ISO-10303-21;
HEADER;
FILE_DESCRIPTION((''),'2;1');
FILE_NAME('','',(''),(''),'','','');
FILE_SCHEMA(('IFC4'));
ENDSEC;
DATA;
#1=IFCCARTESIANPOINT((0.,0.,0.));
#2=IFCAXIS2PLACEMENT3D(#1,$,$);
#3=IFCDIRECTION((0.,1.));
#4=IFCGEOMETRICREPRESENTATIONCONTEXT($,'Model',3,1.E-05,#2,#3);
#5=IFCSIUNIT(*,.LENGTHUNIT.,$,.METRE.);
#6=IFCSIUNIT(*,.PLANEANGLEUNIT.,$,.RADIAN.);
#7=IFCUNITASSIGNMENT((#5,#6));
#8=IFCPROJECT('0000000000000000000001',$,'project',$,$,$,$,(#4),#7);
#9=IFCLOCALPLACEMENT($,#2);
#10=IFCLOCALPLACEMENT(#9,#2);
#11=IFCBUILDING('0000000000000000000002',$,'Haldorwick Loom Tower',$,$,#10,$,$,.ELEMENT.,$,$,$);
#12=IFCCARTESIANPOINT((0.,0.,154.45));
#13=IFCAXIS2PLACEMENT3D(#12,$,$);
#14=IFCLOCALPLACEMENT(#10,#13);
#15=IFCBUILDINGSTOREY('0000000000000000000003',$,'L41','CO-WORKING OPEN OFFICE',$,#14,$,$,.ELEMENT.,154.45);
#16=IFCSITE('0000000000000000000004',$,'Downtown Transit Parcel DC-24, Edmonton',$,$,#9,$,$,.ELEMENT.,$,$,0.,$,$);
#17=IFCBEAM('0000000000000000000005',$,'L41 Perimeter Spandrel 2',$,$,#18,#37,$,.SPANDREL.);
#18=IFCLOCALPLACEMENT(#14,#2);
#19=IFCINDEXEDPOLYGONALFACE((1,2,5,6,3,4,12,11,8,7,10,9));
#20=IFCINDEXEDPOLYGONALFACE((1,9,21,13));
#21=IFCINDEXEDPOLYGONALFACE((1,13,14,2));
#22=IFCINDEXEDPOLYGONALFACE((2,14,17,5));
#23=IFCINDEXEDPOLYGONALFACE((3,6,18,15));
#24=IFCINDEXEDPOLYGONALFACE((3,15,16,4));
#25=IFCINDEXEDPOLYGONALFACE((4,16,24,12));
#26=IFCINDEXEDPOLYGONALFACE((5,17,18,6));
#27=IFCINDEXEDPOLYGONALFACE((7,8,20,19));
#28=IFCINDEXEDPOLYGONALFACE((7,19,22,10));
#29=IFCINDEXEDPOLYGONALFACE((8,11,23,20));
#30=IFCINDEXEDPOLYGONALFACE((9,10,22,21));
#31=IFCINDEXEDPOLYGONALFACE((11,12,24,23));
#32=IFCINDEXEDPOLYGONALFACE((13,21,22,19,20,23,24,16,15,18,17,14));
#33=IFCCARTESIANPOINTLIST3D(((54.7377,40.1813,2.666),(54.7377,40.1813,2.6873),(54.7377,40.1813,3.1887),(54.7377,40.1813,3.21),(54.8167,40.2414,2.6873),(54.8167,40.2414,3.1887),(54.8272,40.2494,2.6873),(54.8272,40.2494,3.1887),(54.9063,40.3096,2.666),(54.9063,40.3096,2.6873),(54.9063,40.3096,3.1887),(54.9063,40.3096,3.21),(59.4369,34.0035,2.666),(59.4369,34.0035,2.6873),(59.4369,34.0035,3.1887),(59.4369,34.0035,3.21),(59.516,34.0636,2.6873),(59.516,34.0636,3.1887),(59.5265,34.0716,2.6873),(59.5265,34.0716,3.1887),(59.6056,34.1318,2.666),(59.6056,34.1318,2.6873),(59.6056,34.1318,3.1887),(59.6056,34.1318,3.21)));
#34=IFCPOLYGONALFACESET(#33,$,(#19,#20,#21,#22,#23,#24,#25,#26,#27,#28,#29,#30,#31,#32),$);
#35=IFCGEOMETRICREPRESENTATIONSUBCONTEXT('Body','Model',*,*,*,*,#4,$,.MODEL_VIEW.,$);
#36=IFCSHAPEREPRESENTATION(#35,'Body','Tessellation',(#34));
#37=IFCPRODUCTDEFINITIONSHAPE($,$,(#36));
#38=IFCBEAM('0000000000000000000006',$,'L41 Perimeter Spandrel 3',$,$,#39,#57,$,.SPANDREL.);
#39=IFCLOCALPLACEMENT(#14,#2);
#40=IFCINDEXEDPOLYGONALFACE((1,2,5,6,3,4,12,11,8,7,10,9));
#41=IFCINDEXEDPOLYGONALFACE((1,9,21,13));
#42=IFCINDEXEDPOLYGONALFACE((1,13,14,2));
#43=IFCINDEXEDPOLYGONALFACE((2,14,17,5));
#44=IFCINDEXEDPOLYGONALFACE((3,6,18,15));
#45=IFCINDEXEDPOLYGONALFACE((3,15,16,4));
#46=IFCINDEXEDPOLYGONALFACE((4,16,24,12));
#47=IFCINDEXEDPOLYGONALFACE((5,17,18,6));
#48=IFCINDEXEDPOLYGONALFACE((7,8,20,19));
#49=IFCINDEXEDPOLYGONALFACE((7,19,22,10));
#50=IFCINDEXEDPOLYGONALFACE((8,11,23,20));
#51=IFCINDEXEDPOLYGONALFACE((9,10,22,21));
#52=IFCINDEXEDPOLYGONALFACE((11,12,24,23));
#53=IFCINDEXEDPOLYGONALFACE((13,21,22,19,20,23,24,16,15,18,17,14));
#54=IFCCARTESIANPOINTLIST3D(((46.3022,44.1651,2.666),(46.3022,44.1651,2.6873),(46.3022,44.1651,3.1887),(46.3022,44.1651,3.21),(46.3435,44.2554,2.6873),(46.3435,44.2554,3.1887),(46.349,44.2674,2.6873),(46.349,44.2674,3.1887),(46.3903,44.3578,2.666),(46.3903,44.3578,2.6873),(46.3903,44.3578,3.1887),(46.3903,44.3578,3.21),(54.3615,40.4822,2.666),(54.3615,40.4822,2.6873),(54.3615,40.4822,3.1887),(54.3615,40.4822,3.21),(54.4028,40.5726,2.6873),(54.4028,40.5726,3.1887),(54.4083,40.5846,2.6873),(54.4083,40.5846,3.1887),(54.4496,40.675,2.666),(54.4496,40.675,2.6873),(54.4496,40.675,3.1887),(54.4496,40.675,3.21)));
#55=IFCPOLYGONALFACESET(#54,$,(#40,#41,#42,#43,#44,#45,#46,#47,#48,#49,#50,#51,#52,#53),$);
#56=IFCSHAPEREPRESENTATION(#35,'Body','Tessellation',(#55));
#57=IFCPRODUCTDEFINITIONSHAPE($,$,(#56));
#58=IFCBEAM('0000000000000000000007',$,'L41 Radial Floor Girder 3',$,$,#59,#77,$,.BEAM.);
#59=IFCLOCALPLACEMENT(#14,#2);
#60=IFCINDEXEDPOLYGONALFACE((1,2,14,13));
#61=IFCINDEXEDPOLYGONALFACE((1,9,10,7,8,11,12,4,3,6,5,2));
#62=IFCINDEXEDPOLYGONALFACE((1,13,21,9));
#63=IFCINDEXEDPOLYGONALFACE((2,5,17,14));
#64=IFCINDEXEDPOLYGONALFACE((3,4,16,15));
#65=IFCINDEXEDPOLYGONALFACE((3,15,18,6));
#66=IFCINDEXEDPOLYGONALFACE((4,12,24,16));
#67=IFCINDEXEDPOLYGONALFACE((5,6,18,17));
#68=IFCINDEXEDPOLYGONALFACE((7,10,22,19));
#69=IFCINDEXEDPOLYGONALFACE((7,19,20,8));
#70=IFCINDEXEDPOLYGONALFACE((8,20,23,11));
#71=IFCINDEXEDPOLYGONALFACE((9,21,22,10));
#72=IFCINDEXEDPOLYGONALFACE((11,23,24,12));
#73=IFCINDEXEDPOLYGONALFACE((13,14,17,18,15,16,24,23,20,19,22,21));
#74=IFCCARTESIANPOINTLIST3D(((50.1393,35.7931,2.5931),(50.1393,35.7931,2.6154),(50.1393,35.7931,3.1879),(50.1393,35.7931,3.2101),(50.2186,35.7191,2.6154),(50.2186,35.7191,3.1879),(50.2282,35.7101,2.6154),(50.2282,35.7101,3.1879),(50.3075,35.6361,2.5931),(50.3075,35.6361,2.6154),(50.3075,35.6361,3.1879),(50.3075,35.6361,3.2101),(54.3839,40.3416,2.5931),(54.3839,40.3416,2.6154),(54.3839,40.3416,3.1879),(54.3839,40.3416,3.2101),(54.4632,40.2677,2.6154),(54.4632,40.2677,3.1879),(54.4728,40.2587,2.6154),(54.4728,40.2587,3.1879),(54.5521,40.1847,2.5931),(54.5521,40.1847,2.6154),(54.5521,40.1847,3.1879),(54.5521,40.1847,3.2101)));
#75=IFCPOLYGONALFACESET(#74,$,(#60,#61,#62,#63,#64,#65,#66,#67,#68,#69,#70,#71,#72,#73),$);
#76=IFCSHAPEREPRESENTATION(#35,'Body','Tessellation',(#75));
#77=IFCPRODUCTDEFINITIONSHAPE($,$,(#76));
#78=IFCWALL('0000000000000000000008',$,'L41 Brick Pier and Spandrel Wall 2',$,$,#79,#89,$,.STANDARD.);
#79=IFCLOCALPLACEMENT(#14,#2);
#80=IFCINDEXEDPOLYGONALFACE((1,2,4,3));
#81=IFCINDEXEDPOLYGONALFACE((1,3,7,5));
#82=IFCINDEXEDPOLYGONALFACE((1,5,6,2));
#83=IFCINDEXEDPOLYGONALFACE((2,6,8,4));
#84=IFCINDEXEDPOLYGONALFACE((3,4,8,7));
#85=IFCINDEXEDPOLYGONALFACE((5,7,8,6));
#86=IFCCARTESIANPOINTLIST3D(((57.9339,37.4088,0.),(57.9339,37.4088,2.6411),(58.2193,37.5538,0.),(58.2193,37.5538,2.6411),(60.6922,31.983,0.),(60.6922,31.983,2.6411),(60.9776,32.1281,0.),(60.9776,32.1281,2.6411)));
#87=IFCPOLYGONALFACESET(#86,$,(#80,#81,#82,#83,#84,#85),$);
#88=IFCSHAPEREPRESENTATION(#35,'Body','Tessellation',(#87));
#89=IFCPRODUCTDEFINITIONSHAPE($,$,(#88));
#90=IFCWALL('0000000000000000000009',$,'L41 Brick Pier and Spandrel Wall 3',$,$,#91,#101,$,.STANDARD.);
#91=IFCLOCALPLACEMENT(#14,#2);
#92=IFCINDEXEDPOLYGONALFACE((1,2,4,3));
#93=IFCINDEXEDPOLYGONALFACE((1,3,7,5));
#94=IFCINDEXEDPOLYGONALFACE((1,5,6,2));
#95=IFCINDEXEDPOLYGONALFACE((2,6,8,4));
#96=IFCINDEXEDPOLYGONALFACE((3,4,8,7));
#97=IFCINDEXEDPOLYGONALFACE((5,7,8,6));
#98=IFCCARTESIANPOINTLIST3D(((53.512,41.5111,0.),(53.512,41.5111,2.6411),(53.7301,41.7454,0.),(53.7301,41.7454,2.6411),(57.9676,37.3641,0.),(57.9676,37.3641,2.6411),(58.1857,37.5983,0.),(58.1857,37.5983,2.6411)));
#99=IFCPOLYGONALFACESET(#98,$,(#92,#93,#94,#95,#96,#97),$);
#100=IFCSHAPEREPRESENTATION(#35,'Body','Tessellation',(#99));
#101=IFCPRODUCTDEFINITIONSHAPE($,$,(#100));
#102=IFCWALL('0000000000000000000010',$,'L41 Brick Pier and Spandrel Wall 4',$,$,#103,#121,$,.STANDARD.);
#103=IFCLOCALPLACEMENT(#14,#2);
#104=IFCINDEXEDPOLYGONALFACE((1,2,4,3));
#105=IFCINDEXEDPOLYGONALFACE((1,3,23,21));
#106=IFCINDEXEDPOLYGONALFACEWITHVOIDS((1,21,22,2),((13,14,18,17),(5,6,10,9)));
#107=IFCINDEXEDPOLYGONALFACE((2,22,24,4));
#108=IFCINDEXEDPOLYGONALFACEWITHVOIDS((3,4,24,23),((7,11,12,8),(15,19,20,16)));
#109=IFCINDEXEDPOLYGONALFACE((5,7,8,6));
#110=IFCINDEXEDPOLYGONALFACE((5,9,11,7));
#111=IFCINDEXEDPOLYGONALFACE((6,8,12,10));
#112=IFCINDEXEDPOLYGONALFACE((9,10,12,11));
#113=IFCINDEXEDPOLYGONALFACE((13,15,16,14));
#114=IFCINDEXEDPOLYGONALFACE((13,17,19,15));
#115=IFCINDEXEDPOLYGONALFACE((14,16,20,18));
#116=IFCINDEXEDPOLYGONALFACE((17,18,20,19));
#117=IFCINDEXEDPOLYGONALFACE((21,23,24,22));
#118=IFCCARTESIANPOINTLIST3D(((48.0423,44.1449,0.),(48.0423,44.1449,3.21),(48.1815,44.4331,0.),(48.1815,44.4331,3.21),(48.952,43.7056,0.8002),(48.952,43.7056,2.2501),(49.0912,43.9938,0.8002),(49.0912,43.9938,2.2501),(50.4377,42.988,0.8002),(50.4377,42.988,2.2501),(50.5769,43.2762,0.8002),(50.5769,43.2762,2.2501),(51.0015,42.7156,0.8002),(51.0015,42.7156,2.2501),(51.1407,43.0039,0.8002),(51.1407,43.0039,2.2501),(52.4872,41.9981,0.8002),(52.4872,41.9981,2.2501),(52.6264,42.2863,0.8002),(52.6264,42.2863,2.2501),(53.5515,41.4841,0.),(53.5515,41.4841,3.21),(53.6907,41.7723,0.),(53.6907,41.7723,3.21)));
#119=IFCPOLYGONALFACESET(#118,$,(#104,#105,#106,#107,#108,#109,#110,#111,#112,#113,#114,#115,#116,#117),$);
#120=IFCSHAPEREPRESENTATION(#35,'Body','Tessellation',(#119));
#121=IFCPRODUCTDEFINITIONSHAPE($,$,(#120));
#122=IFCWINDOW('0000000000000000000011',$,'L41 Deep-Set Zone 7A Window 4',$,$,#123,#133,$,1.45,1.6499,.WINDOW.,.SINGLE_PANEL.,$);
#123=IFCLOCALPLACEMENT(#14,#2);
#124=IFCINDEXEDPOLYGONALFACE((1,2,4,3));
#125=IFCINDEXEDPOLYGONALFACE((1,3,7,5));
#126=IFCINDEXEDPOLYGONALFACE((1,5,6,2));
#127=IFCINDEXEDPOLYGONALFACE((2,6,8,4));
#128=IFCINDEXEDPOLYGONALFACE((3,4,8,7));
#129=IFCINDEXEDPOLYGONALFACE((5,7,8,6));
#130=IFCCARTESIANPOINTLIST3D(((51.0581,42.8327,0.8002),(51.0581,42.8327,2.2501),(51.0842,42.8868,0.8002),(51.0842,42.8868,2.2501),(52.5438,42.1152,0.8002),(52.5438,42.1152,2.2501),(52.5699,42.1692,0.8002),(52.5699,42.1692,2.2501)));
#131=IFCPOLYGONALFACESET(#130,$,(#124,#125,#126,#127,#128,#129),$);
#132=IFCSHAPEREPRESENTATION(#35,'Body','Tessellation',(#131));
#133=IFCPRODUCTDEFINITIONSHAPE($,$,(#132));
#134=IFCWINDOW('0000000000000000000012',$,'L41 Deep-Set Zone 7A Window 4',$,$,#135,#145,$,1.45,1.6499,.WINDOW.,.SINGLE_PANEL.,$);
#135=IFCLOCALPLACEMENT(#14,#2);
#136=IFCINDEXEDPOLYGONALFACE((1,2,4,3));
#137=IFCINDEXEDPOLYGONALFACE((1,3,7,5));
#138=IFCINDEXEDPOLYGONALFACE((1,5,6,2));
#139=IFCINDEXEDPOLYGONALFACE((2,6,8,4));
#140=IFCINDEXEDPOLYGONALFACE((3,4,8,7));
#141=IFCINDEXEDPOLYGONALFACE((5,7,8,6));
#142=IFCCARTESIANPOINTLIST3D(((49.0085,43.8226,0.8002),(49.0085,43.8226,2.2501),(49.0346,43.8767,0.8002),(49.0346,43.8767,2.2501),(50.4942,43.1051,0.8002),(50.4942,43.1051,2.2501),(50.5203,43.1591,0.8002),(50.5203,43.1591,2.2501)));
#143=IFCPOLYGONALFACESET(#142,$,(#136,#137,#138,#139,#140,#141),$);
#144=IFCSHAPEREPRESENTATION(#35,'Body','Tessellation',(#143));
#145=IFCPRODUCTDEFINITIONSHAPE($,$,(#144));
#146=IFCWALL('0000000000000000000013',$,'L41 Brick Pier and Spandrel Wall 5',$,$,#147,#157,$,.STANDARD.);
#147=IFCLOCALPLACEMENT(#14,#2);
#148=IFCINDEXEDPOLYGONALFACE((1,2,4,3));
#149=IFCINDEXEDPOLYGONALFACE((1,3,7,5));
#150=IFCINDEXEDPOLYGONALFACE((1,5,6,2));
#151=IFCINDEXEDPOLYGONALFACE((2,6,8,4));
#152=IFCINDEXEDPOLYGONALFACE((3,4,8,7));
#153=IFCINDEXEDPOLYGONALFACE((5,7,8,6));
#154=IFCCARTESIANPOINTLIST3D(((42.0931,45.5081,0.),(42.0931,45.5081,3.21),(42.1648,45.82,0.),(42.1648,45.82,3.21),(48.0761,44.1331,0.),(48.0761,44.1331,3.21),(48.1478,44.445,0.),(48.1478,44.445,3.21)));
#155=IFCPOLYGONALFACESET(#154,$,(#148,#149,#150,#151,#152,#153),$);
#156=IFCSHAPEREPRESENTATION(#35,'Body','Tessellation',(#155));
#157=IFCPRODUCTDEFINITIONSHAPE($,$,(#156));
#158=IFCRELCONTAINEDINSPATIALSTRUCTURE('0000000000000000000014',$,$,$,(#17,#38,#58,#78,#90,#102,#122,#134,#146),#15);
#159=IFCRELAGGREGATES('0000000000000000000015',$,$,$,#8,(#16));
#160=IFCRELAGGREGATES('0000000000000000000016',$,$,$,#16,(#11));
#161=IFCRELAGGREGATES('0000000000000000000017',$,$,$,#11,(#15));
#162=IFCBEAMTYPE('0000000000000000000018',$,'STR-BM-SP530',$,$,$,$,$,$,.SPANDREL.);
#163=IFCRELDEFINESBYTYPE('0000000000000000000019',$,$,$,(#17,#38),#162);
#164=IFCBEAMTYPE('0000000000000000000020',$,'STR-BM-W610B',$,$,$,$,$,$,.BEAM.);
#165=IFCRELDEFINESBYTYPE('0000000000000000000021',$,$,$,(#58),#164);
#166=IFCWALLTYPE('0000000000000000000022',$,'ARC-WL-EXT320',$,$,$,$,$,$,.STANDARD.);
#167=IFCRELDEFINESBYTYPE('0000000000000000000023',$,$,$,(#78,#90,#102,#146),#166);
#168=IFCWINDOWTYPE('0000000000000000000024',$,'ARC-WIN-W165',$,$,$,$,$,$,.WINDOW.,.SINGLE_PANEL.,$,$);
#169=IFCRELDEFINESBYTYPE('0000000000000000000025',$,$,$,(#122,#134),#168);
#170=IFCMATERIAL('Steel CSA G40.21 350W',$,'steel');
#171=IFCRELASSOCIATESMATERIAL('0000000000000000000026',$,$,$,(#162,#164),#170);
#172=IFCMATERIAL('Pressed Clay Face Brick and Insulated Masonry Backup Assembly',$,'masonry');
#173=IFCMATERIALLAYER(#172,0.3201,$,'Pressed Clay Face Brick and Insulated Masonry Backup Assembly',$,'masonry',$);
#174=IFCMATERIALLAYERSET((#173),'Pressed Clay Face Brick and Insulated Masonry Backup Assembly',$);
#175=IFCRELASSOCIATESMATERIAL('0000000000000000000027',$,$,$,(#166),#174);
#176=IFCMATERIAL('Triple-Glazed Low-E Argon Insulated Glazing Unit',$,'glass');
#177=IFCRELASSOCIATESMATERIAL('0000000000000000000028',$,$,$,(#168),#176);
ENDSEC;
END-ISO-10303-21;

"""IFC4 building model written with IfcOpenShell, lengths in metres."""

from ifc_helpers import new_model, si_unit, direction, frame, frame_2d, origin, origin_2d, place, context, subcontext, project, spatial, rectangle, i_section, extrude, material, layer, layer_set, material_profile, profile_set, type_object, element, fill, save


model = new_model("IFC4")

# Units and contexts
model_context = context("Model", 3, precision=1e-05, world=origin(), true_north=direction((0.0, 1.0)))
body_context = subcontext(model_context, "Body", "Model", "MODEL_VIEW")
ifc_project = project(units=[si_unit("LENGTHUNIT", "METRE"), si_unit("PLANEANGLEUNIT", "RADIAN")], contexts=[model_context])

# Site, building, storey
site_placement = place(None, origin())
site = spatial("IfcSite", under=ifc_project, at=site_placement, Name="Downtown Transit Parcel DC-24, Edmonton", CompositionType="ELEMENT", RefElevation=0.0)
building_placement = place(site_placement, origin())
building = spatial("IfcBuilding", under=site, at=building_placement, Name="Haldorwick Loom Tower", CompositionType="ELEMENT")
storey_placement = place(building_placement, frame((0.0, 0.0, 154.45)))
storey = spatial("IfcBuildingStorey", under=building, at=storey_placement, Name="L41", Description="CO-WORKING OPEN OFFICE", CompositionType="ELEMENT", Elevation=154.45)

# Beams
ifc_material_1 = material(Name="Steel CSA G40.21 350W", Category="steel")
ifc_material_profile_1 = material_profile(ifc_material_1, i_section(OverallWidth=0.2119, OverallDepth=0.5439, WebThickness=0.0132, FlangeThickness=0.0212, at=origin_2d()), Name="W530X123", Category="steel")
ifc_profile_set_1 = profile_set([ifc_material_profile_1], Name="Steel CSA G40.21 350W")
beam_type_1 = type_object("IfcBeamType", Name="STR-BM-SP530", PredefinedType="SPANDREL", material=ifc_profile_set_1)
beam_1_placement = place(storey_placement, frame((59.5212, 34.0676, 2.938), z_axis=(-0.605421, 0.795905, 0.0), x_axis=(-0.795905, -0.605421, 0.0)))
element("IfcBeam", 1, at=beam_1_placement, inside=storey, type_object=beam_type_1, Name="L41 Perimeter Spandrel 2", PredefinedType="SPANDREL", context=body_context, shape_type="SweptSolid", body=[
    extrude(i_section(OverallWidth=0.2119, OverallDepth=0.5439, WebThickness=0.0132, FlangeThickness=0.0212, at=origin_2d()), origin(), (0.0, 0.0, 1.0), 7.762),
])
beam_2_placement = place(storey_placement, frame((54.4055, 40.5786, 2.938), z_axis=(-0.909534, 0.415629, 0.0), x_axis=(-0.415629, -0.909534, 0.0)))
element("IfcBeam", 2, at=beam_2_placement, inside=storey, type_object=beam_type_1, Name="L41 Perimeter Spandrel 3", PredefinedType="SPANDREL", context=body_context, shape_type="SweptSolid", body=[
    extrude(i_section(OverallWidth=0.2119, OverallDepth=0.5439, WebThickness=0.0132, FlangeThickness=0.0212, at=origin_2d()), origin(), (0.0, 0.0, 1.0), 8.8608),
])
ifc_material_profile_2 = material_profile(ifc_material_1, i_section(OverallWidth=0.23, OverallDepth=0.6169, WebThickness=0.0132, FlangeThickness=0.0222, at=origin_2d()), Name="W610X140", Category="steel")
ifc_profile_set_2 = profile_set([ifc_material_profile_2], Name="Steel CSA G40.21 350W")
beam_type_2 = type_object("IfcBeamType", Name="STR-BM-W610B", PredefinedType="BEAM", material=ifc_profile_set_2)
beam_3_placement = place(storey_placement, frame((50.2234, 35.7146, 2.9016), z_axis=(0.682257, 0.731113, 0.0), x_axis=(-0.731113, 0.682257, 0.0)))
element("IfcBeam", 3, at=beam_3_placement, inside=storey, type_object=beam_type_2, Name="L41 Radial Floor Girder 3", PredefinedType="BEAM", context=body_context, shape_type="SweptSolid", body=[
    extrude(i_section(OverallWidth=0.23, OverallDepth=0.6169, WebThickness=0.0132, FlangeThickness=0.0222, at=origin_2d()), origin(), (0.0, 0.0, 1.0), 6.2214),
])

# Walls
ifc_material_2 = material(Name="Pressed Clay Face Brick and Insulated Masonry Backup Assembly", Category="masonry")
ifc_layer_1 = layer(ifc_material_2, 0.3201, Name="Pressed Clay Face Brick and Insulated Masonry Backup Assembly", Category="masonry")
ifc_layer_set_1 = layer_set([ifc_layer_1], Name="Pressed Clay Face Brick and Insulated Masonry Backup Assembly")
wall_type_1 = type_object("IfcWallType", Name="ARC-WL-EXT320", PredefinedType="STANDARD", material=ifc_layer_set_1)
wall_1_placement = place(storey_placement, frame((60.835, 32.0554, 0.0), z_axis=(0.0, 0.0, 1.0), x_axis=(-0.453172, 0.891423, 0.0)))
element("IfcWall", 4, at=wall_1_placement, inside=storey, type_object=wall_type_1, Name="L41 Brick Pier and Spandrel Wall 2", PredefinedType="STANDARD", context=body_context, shape_type="SweptSolid", body=[
    extrude(rectangle(XDim=6.0867, YDim=0.3201, at=frame_2d((3.0435, 0.0))), origin(), (0.0, 0.0, 1.0), 2.6411),
])
wall_2_placement = place(storey_placement, frame((58.0767, 37.4812, 0.0), z_axis=(0.0, 0.0, 1.0), x_axis=(-0.732002, 0.681303, 0.0)))
element("IfcWall", 5, at=wall_2_placement, inside=storey, type_object=wall_type_1, Name="L41 Brick Pier and Spandrel Wall 3", PredefinedType="STANDARD", context=body_context, shape_type="SweptSolid", body=[
    extrude(rectangle(XDim=6.0869, YDim=0.3201, at=frame_2d((3.0435, 0.0))), origin(), (0.0, 0.0, 1.0), 2.6411),
])

# Wall, openings, windows
wall_3_placement = place(storey_placement, frame((53.6211, 41.6282, 0.0), z_axis=(0.0, 0.0, 1.0), x_axis=(-0.900472, 0.434913, 0.0)))
wall_3 = element("IfcWall", 6, at=wall_3_placement, inside=storey, type_object=wall_type_1, Name="L41 Brick Pier and Spandrel Wall 4", PredefinedType="STANDARD", context=body_context, shape_type="SweptSolid", body=[
    extrude(rectangle(XDim=6.1182, YDim=0.3201, at=frame_2d((3.0591, 0.0))), origin(), (0.0, 0.0, 1.0), 3.21),
])
opening_1_placement = place(wall_3_placement, frame((1.1819, 0.0, 0.8)))
opening_1 = element("IfcOpeningElement", 7, at=opening_1_placement, cuts=wall_3, PredefinedType="OPENING", context=body_context, shape_type="SweptSolid", body=[
    extrude(rectangle(XDim=1.6499, YDim=1.45, at=frame_2d((0.825, 0.7251))), frame((0.0, 0.1699, 0.0), z_axis=(0.0, -1.0, 0.0), x_axis=(1.0, 0.0, 0.0)), (0.0, 0.0, 1.0), 0.3401),
])
opening_2_placement = place(wall_3_placement, frame((3.458, 0.0, 0.8)))
opening_2 = element("IfcOpeningElement", 8, at=opening_2_placement, cuts=wall_3, PredefinedType="OPENING", context=body_context, shape_type="SweptSolid", body=[
    extrude(rectangle(XDim=1.6499, YDim=1.45, at=frame_2d((0.825, 0.7251))), frame((0.0, 0.1699, 0.0), z_axis=(0.0, -1.0, 0.0), x_axis=(1.0, 0.0, 0.0)), (0.0, 0.0, 1.0), 0.3401),
])
ifc_material_3 = material(Name="Triple-Glazed Low-E Argon Insulated Glazing Unit", Category="glass")
window_type = type_object("IfcWindowType", Name="ARC-WIN-W165", PartitioningType="SINGLE_PANEL", PredefinedType="WINDOW", material=ifc_material_3)
window_1_placement = place(opening_1_placement, origin())
window_1 = element("IfcWindow", 9, at=window_1_placement, inside=storey, type_object=window_type, Name="L41 Deep-Set Zone 7A Window 4", OverallHeight=1.45, OverallWidth=1.6499, PartitioningType="SINGLE_PANEL", PredefinedType="WINDOW", context=body_context, shape_type="SweptSolid", body=[
    extrude(rectangle(XDim=1.6499, YDim=1.45, at=frame_2d((0.825, 0.7251))), frame((0.0, 0.03, 0.0), z_axis=(0.0, -1.0, 0.0), x_axis=(1.0, 0.0, 0.0)), (0.0, 0.0, 1.0), 0.0601),
])
fill(opening_1, window_1)
window_2_placement = place(opening_2_placement, origin())
window_2 = element("IfcWindow", 10, at=window_2_placement, inside=storey, type_object=window_type, Name="L41 Deep-Set Zone 7A Window 4", OverallHeight=1.45, OverallWidth=1.6499, PartitioningType="SINGLE_PANEL", PredefinedType="WINDOW", context=body_context, shape_type="SweptSolid", body=[
    extrude(rectangle(XDim=1.6499, YDim=1.45, at=frame_2d((0.825, 0.7251))), frame((0.0, 0.03, 0.0), z_axis=(0.0, -1.0, 0.0), x_axis=(1.0, 0.0, 0.0)), (0.0, 0.0, 1.0), 0.0601),
])
fill(opening_2, window_2)

# Wall
wall_4_placement = place(storey_placement, frame((48.1118, 44.2891, 0.0), z_axis=(0.0, 0.0, 1.0), x_axis=(-0.974593, 0.223982, 0.0)))
element("IfcWall", 11, at=wall_4_placement, inside=storey, type_object=wall_type_1, Name="L41 Brick Pier and Spandrel Wall 5", PredefinedType="STANDARD", context=body_context, shape_type="SweptSolid", body=[
    extrude(rectangle(XDim=6.1389, YDim=0.3201, at=frame_2d((3.0693, 0.0))), origin(), (0.0, 0.0, 1.0), 3.21),
])

save(model, "model.ifc")
